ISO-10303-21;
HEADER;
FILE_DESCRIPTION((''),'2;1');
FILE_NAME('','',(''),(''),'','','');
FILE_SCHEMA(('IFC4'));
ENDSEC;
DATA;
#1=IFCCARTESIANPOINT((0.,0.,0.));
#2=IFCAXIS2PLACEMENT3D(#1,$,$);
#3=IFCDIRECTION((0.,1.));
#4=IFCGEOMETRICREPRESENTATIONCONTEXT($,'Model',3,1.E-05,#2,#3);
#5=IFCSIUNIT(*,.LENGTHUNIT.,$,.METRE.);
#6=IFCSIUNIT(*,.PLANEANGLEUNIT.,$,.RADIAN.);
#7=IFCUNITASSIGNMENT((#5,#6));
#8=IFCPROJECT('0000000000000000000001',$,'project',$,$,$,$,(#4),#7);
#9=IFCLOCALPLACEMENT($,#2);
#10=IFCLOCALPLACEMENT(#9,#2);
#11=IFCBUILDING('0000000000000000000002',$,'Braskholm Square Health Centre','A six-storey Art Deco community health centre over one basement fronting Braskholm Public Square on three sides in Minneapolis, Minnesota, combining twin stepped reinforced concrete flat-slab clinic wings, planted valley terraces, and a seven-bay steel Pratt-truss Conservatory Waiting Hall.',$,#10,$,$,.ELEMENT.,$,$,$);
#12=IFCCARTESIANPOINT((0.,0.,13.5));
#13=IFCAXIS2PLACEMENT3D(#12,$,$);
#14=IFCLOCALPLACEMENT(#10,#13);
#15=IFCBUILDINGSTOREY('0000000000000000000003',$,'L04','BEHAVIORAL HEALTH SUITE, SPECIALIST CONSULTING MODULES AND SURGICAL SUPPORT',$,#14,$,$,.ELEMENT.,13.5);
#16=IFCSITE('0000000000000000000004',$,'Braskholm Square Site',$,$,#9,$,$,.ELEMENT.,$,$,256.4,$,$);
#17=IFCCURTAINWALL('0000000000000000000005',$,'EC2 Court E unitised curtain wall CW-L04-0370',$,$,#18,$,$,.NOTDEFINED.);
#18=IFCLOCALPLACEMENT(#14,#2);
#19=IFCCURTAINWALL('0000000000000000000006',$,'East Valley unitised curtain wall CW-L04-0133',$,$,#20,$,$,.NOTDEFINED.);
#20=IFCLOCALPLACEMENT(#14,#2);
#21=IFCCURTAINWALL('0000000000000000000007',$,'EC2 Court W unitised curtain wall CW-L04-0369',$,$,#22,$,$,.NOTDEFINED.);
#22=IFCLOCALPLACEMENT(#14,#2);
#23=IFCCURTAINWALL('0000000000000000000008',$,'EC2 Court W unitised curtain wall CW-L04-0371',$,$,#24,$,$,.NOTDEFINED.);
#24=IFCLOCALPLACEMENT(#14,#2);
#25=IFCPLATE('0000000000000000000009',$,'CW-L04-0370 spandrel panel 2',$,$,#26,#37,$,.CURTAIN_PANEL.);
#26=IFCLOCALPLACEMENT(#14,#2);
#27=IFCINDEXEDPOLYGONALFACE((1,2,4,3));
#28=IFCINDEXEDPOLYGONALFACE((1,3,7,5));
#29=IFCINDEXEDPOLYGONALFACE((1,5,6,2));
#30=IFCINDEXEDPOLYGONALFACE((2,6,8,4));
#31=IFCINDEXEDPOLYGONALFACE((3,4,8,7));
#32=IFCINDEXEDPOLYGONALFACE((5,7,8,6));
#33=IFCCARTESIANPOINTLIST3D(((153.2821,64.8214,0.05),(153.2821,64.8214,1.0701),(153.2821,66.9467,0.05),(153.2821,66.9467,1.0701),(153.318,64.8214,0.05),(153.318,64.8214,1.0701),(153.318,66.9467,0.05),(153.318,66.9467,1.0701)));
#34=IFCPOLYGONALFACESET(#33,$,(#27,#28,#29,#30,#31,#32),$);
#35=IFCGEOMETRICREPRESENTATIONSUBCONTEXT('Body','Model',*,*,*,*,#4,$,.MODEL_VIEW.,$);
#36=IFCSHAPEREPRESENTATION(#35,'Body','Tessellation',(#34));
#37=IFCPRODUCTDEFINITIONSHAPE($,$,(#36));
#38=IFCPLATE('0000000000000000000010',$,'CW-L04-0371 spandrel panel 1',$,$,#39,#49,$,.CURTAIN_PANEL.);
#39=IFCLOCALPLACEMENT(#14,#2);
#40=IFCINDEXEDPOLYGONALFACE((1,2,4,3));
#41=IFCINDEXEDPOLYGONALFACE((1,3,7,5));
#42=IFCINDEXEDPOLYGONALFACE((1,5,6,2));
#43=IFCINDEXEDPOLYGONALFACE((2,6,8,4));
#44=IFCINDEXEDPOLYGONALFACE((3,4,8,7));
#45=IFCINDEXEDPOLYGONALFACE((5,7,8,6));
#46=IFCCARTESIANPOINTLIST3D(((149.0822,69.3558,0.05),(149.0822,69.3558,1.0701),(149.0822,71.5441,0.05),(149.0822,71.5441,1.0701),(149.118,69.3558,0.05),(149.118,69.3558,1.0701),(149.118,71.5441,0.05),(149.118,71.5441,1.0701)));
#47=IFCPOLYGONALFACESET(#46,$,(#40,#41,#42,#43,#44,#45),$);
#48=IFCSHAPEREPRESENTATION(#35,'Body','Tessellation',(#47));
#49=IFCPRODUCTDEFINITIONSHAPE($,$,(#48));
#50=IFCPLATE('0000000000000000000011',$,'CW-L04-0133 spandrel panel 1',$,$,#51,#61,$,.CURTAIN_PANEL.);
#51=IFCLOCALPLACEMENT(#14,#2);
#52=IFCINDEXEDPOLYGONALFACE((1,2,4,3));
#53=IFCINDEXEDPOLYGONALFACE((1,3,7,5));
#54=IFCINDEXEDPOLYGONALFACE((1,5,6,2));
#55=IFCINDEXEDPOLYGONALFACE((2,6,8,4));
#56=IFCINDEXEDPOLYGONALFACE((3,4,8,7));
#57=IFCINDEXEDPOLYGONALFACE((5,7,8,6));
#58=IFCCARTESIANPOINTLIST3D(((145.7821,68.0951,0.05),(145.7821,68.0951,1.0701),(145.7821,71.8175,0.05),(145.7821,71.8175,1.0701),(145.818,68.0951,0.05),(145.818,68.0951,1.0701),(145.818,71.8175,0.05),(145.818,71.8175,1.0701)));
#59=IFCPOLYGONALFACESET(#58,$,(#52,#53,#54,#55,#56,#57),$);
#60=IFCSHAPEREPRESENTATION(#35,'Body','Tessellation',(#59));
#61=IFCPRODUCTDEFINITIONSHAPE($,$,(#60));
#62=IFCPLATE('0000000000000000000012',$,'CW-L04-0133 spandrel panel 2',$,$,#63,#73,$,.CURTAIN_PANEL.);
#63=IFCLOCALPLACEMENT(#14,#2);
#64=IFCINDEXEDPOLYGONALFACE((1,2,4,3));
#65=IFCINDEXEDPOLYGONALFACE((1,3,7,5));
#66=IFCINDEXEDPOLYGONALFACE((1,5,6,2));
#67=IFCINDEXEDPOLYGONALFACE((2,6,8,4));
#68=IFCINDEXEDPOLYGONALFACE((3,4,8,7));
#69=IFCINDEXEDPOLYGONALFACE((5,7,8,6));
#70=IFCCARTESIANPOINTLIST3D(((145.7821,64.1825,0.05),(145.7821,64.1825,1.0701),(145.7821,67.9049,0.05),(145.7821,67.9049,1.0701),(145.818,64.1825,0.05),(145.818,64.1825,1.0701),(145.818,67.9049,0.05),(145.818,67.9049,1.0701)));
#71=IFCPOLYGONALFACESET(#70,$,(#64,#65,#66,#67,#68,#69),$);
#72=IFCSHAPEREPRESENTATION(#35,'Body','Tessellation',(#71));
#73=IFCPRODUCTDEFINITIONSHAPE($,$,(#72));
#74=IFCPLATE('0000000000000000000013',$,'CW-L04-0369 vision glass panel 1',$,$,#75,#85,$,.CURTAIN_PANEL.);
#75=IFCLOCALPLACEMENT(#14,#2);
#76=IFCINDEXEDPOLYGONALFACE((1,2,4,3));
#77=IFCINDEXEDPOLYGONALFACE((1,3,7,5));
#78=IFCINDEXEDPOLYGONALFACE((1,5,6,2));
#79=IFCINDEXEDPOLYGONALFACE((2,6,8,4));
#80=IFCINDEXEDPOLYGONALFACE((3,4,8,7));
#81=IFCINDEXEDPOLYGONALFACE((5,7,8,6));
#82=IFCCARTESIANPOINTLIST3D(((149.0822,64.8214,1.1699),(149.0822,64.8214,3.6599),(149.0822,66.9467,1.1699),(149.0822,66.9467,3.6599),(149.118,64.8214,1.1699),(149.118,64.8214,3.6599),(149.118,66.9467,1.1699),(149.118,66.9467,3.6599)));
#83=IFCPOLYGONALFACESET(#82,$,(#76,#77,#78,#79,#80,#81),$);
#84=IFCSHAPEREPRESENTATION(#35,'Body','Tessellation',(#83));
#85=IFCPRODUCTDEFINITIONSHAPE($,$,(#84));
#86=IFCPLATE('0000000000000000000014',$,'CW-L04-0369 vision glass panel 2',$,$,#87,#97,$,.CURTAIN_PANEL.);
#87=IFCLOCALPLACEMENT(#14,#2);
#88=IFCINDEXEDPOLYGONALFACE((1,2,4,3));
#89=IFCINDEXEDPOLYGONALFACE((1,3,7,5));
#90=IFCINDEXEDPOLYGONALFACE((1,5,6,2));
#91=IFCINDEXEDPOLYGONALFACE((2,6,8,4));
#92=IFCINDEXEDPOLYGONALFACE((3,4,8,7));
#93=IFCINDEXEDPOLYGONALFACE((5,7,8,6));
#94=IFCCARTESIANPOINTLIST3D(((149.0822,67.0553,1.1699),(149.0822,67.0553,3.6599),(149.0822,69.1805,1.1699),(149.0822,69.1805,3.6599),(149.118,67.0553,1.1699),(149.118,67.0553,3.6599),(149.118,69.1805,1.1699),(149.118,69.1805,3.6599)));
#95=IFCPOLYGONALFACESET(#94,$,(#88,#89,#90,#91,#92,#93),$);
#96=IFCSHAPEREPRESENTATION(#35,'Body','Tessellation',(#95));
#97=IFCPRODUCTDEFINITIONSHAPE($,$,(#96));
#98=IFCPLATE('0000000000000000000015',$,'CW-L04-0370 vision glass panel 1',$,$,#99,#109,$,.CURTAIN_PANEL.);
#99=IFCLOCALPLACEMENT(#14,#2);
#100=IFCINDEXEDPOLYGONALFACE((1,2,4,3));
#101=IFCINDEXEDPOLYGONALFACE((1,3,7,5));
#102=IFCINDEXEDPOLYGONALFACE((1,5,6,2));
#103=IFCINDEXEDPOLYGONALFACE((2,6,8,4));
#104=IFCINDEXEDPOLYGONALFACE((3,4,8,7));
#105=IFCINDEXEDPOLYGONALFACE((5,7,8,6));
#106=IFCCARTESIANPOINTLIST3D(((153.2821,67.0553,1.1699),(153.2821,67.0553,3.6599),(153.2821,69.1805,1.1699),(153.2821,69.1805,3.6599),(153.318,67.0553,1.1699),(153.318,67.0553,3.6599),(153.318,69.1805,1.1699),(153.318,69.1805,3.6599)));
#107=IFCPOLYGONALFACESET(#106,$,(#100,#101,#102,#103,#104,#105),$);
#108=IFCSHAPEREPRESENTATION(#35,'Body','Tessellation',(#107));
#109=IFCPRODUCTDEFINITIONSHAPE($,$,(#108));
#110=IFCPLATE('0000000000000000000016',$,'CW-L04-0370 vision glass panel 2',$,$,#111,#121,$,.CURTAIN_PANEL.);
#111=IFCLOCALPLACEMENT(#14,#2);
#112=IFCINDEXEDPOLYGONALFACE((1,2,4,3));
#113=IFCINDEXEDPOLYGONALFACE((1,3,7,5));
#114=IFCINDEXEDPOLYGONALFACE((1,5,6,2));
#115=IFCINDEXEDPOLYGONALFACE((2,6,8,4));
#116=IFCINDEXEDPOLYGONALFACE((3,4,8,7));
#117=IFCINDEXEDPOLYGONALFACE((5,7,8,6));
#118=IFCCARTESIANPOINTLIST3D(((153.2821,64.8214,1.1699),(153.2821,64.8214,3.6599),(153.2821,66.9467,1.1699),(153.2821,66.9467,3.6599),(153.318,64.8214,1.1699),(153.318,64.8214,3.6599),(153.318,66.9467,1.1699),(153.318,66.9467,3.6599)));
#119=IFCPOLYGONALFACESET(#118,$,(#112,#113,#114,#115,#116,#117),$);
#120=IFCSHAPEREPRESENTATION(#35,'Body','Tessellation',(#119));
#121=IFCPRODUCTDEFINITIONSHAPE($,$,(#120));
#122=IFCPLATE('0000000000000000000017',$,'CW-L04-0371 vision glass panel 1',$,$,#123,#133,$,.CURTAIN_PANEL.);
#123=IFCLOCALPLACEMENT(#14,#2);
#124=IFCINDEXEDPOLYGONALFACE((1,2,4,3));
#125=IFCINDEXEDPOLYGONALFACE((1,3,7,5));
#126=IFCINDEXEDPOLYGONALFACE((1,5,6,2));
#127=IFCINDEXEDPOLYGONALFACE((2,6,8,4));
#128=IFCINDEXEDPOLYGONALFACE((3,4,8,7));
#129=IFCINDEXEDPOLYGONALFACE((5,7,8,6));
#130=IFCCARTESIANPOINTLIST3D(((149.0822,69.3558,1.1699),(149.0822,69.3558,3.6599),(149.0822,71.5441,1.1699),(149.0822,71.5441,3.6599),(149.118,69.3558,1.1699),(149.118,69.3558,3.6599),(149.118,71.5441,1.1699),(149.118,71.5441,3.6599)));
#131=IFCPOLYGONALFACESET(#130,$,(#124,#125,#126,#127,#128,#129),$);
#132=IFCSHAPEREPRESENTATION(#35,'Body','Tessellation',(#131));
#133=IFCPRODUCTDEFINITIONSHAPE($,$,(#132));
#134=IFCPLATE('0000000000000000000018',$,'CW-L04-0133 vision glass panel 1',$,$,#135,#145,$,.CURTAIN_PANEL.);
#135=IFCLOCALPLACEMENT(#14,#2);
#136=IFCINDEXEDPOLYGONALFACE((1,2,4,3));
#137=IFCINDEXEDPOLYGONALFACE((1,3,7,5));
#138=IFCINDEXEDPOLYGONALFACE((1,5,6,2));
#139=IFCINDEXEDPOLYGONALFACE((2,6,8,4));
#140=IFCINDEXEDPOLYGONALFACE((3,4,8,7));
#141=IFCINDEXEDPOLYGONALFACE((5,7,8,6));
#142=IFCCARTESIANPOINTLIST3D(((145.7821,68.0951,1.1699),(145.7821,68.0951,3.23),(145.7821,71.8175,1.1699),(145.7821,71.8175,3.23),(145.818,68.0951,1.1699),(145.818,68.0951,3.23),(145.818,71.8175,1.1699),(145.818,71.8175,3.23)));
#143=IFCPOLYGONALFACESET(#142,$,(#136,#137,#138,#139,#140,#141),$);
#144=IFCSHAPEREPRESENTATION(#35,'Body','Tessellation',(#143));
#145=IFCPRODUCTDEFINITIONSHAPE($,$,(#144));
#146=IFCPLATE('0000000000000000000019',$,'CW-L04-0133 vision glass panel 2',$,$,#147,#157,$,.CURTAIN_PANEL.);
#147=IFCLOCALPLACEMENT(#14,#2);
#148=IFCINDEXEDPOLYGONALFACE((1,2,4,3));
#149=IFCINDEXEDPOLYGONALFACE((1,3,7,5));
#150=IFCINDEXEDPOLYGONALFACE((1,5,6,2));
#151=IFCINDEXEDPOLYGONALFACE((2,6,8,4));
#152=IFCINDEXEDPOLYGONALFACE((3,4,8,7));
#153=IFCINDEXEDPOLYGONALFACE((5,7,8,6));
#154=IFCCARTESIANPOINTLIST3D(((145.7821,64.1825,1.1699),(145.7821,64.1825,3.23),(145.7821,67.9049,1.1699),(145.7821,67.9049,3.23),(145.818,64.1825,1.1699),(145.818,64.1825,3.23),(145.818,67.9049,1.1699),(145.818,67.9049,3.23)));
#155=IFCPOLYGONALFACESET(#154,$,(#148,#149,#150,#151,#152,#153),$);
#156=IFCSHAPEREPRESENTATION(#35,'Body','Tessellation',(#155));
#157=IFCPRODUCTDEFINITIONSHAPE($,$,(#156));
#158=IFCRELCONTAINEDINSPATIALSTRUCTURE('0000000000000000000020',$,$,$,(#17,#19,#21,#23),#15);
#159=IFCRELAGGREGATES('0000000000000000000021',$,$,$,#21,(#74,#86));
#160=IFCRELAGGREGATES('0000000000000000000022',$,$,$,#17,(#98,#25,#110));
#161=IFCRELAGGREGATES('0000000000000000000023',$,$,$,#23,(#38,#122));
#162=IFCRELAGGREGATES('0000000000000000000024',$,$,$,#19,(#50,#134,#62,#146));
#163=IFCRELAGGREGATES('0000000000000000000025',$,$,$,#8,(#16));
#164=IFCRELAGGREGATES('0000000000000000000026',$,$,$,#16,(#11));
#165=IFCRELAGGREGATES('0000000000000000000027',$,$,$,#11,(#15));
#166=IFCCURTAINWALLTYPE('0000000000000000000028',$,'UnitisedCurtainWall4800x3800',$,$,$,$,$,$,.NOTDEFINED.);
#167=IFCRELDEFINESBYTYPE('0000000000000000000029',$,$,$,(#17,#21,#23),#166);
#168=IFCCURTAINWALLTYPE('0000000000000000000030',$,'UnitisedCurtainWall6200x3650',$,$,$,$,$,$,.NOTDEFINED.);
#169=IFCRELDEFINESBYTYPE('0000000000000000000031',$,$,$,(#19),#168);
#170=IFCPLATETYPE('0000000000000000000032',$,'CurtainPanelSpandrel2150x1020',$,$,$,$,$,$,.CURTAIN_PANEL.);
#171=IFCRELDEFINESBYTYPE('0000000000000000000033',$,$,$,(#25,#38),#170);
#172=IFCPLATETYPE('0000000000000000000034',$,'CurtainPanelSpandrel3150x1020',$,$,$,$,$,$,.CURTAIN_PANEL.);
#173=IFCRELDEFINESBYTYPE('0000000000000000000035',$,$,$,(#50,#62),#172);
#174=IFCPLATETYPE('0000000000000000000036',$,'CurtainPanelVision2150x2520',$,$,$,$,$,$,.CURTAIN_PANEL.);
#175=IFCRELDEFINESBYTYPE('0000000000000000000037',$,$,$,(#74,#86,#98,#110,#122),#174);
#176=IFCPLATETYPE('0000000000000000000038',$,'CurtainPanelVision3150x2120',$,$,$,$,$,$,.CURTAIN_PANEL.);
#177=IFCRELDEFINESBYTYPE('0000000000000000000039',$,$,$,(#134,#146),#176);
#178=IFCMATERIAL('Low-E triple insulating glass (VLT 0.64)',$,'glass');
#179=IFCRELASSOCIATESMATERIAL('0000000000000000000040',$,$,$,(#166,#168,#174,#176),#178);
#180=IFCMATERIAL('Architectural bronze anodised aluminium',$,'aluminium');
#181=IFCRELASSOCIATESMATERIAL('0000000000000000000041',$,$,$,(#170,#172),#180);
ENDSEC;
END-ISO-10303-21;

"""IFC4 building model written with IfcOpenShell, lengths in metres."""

from ifc_helpers import new_model, si_unit, direction, frame, origin, origin_2d, place, context, subcontext, project, spatial, rectangle, extrude, material, type_object, element, aggregate, save


model = new_model("IFC4")

# Units and contexts
model_context = context("Model", 3, precision=1e-05, world=origin(), true_north=direction((0.0, 1.0)))
body_context = subcontext(model_context, "Body", "Model", "MODEL_VIEW")
ifc_project = project(units=[si_unit("LENGTHUNIT", "METRE"), si_unit("PLANEANGLEUNIT", "RADIAN")], contexts=[model_context])

# Site, building, storey
site_placement = place(None, origin())
site = spatial("IfcSite", under=ifc_project, at=site_placement, Name="Braskholm Square Site", CompositionType="ELEMENT", RefElevation=256.4)
building_placement = place(site_placement, origin())
building = spatial("IfcBuilding", under=site, at=building_placement, Name="Braskholm Square Health Centre", Description="A six-storey Art Deco community health centre over one basement fronting Braskholm Public Square on three sides in Minneapolis, Minnesota, combining twin stepped reinforced concrete flat-slab clinic wings, planted valley terraces, and a seven-bay steel Pratt-truss Conservatory Waiting Hall.", CompositionType="ELEMENT")
storey_placement = place(building_placement, frame((0.0, 0.0, 13.5)))
storey = spatial("IfcBuildingStorey", under=building, at=storey_placement, Name="L04", Description="BEHAVIORAL HEALTH SUITE, SPECIALIST CONSULTING MODULES AND SURGICAL SUPPORT", CompositionType="ELEMENT", Elevation=13.5)

# Curtain wall
ifc_material_1 = material(Name="Low-E triple insulating glass (VLT 0.64)", Category="glass")
curtain_wall_type_1 = type_object("IfcCurtainWallType", Name="UnitisedCurtainWall4800x3800", PredefinedType="NOTDEFINED", material=ifc_material_1)
curtain_wall_1_placement = place(storey_placement, origin())
curtain_wall_1 = element("IfcCurtainWall", 1, at=curtain_wall_1_placement, inside=storey, type_object=curtain_wall_type_1, Name="EC2 Court E unitised curtain wall CW-L04-0370", PredefinedType="NOTDEFINED")
ifc_material_2 = material(Name="Architectural bronze anodised aluminium", Category="aluminium")

# Curtain walls
curtain_wall_type_2 = type_object("IfcCurtainWallType", Name="UnitisedCurtainWall6200x3650", PredefinedType="NOTDEFINED", material=ifc_material_1)
curtain_wall_2_placement = place(storey_placement, origin())
curtain_wall_2 = element("IfcCurtainWall", 2, at=curtain_wall_2_placement, inside=storey, type_object=curtain_wall_type_2, Name="East Valley unitised curtain wall CW-L04-0133", PredefinedType="NOTDEFINED")
curtain_wall_3_placement = place(storey_placement, origin())
curtain_wall_3 = element("IfcCurtainWall", 3, at=curtain_wall_3_placement, inside=storey, type_object=curtain_wall_type_1, Name="EC2 Court W unitised curtain wall CW-L04-0369", PredefinedType="NOTDEFINED")
curtain_wall_4_placement = place(storey_placement, origin())
curtain_wall_4 = element("IfcCurtainWall", 4, at=curtain_wall_4_placement, inside=storey, type_object=curtain_wall_type_1, Name="EC2 Court W unitised curtain wall CW-L04-0371", PredefinedType="NOTDEFINED")

# Plates
plate_type_1 = type_object("IfcPlateType", Name="CurtainPanelSpandrel2150x1020", PredefinedType="CURTAIN_PANEL", material=ifc_material_2)
plate_1_placement = place(storey_placement, frame((153.3, 65.884, 0.05), z_axis=(0.0, 0.0, 1.0), x_axis=(0.0, -1.0, 0.0)))
plate_1 = element("IfcPlate", 5, at=plate_1_placement, type_object=plate_type_1, Name="CW-L04-0370 spandrel panel 2", PredefinedType="CURTAIN_PANEL", context=body_context, shape_type="SweptSolid", body=[
    extrude(rectangle(XDim=2.1252, YDim=0.0359, at=origin_2d()), origin(), (0.0, 0.0, 1.0), 1.02),
])
plate_2_placement = place(storey_placement, frame((149.1001, 70.45, 0.05), z_axis=(0.0, 0.0, 1.0), x_axis=(0.0, 1.0, 0.0)))
plate_2 = element("IfcPlate", 6, at=plate_2_placement, type_object=plate_type_1, Name="CW-L04-0371 spandrel panel 1", PredefinedType="CURTAIN_PANEL", context=body_context, shape_type="SweptSolid", body=[
    extrude(rectangle(XDim=2.1882, YDim=0.0359, at=origin_2d()), origin(), (0.0, 0.0, 1.0), 1.02),
])
plate_type_2 = type_object("IfcPlateType", Name="CurtainPanelSpandrel3150x1020", PredefinedType="CURTAIN_PANEL", material=ifc_material_2)
plate_3_placement = place(storey_placement, frame((145.8, 69.9563, 0.05), z_axis=(0.0, 0.0, 1.0), x_axis=(0.0, -1.0, 0.0)))
plate_3 = element("IfcPlate", 7, at=plate_3_placement, type_object=plate_type_2, Name="CW-L04-0133 spandrel panel 1", PredefinedType="CURTAIN_PANEL", context=body_context, shape_type="SweptSolid", body=[
    extrude(rectangle(XDim=3.7224, YDim=0.0359, at=origin_2d()), origin(), (0.0, 0.0, 1.0), 1.02),
])
plate_4_placement = place(storey_placement, frame((145.8, 66.0437, 0.05), z_axis=(0.0, 0.0, 1.0), x_axis=(0.0, -1.0, 0.0)))
plate_4 = element("IfcPlate", 8, at=plate_4_placement, type_object=plate_type_2, Name="CW-L04-0133 spandrel panel 2", PredefinedType="CURTAIN_PANEL", context=body_context, shape_type="SweptSolid", body=[
    extrude(rectangle(XDim=3.7224, YDim=0.0359, at=origin_2d()), origin(), (0.0, 0.0, 1.0), 1.02),
])
plate_type_3 = type_object("IfcPlateType", Name="CurtainPanelVision2150x2520", PredefinedType="CURTAIN_PANEL", material=ifc_material_1)
plate_5_placement = place(storey_placement, frame((149.1001, 65.884, 1.1699), z_axis=(0.0, 0.0, 1.0), x_axis=(0.0, 1.0, 0.0)))
plate_5 = element("IfcPlate", 9, at=plate_5_placement, type_object=plate_type_3, Name="CW-L04-0369 vision glass panel 1", PredefinedType="CURTAIN_PANEL", context=body_context, shape_type="SweptSolid", body=[
    extrude(rectangle(XDim=2.1252, YDim=0.0359, at=origin_2d()), origin(), (0.0, 0.0, 1.0), 2.49),
])
plate_6_placement = place(storey_placement, frame((149.1001, 68.1179, 1.1699), z_axis=(0.0, 0.0, 1.0), x_axis=(0.0, 1.0, 0.0)))
plate_6 = element("IfcPlate", 10, at=plate_6_placement, type_object=plate_type_3, Name="CW-L04-0369 vision glass panel 2", PredefinedType="CURTAIN_PANEL", context=body_context, shape_type="SweptSolid", body=[
    extrude(rectangle(XDim=2.1252, YDim=0.0359, at=origin_2d()), origin(), (0.0, 0.0, 1.0), 2.49),
])
aggregate(curtain_wall_3, [plate_5, plate_6])
plate_7_placement = place(storey_placement, frame((153.3, 68.1179, 1.1699), z_axis=(0.0, 0.0, 1.0), x_axis=(0.0, -1.0, 0.0)))
plate_7 = element("IfcPlate", 11, at=plate_7_placement, type_object=plate_type_3, Name="CW-L04-0370 vision glass panel 1", PredefinedType="CURTAIN_PANEL", context=body_context, shape_type="SweptSolid", body=[
    extrude(rectangle(XDim=2.1252, YDim=0.0359, at=origin_2d()), origin(), (0.0, 0.0, 1.0), 2.49),
])
plate_8_placement = place(storey_placement, frame((153.3, 65.884, 1.1699), z_axis=(0.0, 0.0, 1.0), x_axis=(0.0, -1.0, 0.0)))
plate_8 = element("IfcPlate", 12, at=plate_8_placement, type_object=plate_type_3, Name="CW-L04-0370 vision glass panel 2", PredefinedType="CURTAIN_PANEL", context=body_context, shape_type="SweptSolid", body=[
    extrude(rectangle(XDim=2.1252, YDim=0.0359, at=origin_2d()), origin(), (0.0, 0.0, 1.0), 2.49),
])
aggregate(curtain_wall_1, [plate_7, plate_1, plate_8])
plate_9_placement = place(storey_placement, frame((149.1001, 70.45, 1.1699), z_axis=(0.0, 0.0, 1.0), x_axis=(0.0, 1.0, 0.0)))
plate_9 = element("IfcPlate", 13, at=plate_9_placement, type_object=plate_type_3, Name="CW-L04-0371 vision glass panel 1", PredefinedType="CURTAIN_PANEL", context=body_context, shape_type="SweptSolid", body=[
    extrude(rectangle(XDim=2.1882, YDim=0.0359, at=origin_2d()), origin(), (0.0, 0.0, 1.0), 2.49),
])
aggregate(curtain_wall_4, [plate_2, plate_9])
plate_type_4 = type_object("IfcPlateType", Name="CurtainPanelVision3150x2120", PredefinedType="CURTAIN_PANEL", material=ifc_material_1)
plate_10_placement = place(storey_placement, frame((145.8, 69.9563, 1.1699), z_axis=(0.0, 0.0, 1.0), x_axis=(0.0, -1.0, 0.0)))
plate_10 = element("IfcPlate", 14, at=plate_10_placement, type_object=plate_type_4, Name="CW-L04-0133 vision glass panel 1", PredefinedType="CURTAIN_PANEL", context=body_context, shape_type="SweptSolid", body=[
    extrude(rectangle(XDim=3.7224, YDim=0.0359, at=origin_2d()), origin(), (0.0, 0.0, 1.0), 2.0601),
])
plate_11_placement = place(storey_placement, frame((145.8, 66.0437, 1.1699), z_axis=(0.0, 0.0, 1.0), x_axis=(0.0, -1.0, 0.0)))
plate_11 = element("IfcPlate", 15, at=plate_11_placement, type_object=plate_type_4, Name="CW-L04-0133 vision glass panel 2", PredefinedType="CURTAIN_PANEL", context=body_context, shape_type="SweptSolid", body=[
    extrude(rectangle(XDim=3.7224, YDim=0.0359, at=origin_2d()), origin(), (0.0, 0.0, 1.0), 2.0601),
])
aggregate(curtain_wall_2, [plate_3, plate_10, plate_4, plate_11])

save(model, "model.ifc")
